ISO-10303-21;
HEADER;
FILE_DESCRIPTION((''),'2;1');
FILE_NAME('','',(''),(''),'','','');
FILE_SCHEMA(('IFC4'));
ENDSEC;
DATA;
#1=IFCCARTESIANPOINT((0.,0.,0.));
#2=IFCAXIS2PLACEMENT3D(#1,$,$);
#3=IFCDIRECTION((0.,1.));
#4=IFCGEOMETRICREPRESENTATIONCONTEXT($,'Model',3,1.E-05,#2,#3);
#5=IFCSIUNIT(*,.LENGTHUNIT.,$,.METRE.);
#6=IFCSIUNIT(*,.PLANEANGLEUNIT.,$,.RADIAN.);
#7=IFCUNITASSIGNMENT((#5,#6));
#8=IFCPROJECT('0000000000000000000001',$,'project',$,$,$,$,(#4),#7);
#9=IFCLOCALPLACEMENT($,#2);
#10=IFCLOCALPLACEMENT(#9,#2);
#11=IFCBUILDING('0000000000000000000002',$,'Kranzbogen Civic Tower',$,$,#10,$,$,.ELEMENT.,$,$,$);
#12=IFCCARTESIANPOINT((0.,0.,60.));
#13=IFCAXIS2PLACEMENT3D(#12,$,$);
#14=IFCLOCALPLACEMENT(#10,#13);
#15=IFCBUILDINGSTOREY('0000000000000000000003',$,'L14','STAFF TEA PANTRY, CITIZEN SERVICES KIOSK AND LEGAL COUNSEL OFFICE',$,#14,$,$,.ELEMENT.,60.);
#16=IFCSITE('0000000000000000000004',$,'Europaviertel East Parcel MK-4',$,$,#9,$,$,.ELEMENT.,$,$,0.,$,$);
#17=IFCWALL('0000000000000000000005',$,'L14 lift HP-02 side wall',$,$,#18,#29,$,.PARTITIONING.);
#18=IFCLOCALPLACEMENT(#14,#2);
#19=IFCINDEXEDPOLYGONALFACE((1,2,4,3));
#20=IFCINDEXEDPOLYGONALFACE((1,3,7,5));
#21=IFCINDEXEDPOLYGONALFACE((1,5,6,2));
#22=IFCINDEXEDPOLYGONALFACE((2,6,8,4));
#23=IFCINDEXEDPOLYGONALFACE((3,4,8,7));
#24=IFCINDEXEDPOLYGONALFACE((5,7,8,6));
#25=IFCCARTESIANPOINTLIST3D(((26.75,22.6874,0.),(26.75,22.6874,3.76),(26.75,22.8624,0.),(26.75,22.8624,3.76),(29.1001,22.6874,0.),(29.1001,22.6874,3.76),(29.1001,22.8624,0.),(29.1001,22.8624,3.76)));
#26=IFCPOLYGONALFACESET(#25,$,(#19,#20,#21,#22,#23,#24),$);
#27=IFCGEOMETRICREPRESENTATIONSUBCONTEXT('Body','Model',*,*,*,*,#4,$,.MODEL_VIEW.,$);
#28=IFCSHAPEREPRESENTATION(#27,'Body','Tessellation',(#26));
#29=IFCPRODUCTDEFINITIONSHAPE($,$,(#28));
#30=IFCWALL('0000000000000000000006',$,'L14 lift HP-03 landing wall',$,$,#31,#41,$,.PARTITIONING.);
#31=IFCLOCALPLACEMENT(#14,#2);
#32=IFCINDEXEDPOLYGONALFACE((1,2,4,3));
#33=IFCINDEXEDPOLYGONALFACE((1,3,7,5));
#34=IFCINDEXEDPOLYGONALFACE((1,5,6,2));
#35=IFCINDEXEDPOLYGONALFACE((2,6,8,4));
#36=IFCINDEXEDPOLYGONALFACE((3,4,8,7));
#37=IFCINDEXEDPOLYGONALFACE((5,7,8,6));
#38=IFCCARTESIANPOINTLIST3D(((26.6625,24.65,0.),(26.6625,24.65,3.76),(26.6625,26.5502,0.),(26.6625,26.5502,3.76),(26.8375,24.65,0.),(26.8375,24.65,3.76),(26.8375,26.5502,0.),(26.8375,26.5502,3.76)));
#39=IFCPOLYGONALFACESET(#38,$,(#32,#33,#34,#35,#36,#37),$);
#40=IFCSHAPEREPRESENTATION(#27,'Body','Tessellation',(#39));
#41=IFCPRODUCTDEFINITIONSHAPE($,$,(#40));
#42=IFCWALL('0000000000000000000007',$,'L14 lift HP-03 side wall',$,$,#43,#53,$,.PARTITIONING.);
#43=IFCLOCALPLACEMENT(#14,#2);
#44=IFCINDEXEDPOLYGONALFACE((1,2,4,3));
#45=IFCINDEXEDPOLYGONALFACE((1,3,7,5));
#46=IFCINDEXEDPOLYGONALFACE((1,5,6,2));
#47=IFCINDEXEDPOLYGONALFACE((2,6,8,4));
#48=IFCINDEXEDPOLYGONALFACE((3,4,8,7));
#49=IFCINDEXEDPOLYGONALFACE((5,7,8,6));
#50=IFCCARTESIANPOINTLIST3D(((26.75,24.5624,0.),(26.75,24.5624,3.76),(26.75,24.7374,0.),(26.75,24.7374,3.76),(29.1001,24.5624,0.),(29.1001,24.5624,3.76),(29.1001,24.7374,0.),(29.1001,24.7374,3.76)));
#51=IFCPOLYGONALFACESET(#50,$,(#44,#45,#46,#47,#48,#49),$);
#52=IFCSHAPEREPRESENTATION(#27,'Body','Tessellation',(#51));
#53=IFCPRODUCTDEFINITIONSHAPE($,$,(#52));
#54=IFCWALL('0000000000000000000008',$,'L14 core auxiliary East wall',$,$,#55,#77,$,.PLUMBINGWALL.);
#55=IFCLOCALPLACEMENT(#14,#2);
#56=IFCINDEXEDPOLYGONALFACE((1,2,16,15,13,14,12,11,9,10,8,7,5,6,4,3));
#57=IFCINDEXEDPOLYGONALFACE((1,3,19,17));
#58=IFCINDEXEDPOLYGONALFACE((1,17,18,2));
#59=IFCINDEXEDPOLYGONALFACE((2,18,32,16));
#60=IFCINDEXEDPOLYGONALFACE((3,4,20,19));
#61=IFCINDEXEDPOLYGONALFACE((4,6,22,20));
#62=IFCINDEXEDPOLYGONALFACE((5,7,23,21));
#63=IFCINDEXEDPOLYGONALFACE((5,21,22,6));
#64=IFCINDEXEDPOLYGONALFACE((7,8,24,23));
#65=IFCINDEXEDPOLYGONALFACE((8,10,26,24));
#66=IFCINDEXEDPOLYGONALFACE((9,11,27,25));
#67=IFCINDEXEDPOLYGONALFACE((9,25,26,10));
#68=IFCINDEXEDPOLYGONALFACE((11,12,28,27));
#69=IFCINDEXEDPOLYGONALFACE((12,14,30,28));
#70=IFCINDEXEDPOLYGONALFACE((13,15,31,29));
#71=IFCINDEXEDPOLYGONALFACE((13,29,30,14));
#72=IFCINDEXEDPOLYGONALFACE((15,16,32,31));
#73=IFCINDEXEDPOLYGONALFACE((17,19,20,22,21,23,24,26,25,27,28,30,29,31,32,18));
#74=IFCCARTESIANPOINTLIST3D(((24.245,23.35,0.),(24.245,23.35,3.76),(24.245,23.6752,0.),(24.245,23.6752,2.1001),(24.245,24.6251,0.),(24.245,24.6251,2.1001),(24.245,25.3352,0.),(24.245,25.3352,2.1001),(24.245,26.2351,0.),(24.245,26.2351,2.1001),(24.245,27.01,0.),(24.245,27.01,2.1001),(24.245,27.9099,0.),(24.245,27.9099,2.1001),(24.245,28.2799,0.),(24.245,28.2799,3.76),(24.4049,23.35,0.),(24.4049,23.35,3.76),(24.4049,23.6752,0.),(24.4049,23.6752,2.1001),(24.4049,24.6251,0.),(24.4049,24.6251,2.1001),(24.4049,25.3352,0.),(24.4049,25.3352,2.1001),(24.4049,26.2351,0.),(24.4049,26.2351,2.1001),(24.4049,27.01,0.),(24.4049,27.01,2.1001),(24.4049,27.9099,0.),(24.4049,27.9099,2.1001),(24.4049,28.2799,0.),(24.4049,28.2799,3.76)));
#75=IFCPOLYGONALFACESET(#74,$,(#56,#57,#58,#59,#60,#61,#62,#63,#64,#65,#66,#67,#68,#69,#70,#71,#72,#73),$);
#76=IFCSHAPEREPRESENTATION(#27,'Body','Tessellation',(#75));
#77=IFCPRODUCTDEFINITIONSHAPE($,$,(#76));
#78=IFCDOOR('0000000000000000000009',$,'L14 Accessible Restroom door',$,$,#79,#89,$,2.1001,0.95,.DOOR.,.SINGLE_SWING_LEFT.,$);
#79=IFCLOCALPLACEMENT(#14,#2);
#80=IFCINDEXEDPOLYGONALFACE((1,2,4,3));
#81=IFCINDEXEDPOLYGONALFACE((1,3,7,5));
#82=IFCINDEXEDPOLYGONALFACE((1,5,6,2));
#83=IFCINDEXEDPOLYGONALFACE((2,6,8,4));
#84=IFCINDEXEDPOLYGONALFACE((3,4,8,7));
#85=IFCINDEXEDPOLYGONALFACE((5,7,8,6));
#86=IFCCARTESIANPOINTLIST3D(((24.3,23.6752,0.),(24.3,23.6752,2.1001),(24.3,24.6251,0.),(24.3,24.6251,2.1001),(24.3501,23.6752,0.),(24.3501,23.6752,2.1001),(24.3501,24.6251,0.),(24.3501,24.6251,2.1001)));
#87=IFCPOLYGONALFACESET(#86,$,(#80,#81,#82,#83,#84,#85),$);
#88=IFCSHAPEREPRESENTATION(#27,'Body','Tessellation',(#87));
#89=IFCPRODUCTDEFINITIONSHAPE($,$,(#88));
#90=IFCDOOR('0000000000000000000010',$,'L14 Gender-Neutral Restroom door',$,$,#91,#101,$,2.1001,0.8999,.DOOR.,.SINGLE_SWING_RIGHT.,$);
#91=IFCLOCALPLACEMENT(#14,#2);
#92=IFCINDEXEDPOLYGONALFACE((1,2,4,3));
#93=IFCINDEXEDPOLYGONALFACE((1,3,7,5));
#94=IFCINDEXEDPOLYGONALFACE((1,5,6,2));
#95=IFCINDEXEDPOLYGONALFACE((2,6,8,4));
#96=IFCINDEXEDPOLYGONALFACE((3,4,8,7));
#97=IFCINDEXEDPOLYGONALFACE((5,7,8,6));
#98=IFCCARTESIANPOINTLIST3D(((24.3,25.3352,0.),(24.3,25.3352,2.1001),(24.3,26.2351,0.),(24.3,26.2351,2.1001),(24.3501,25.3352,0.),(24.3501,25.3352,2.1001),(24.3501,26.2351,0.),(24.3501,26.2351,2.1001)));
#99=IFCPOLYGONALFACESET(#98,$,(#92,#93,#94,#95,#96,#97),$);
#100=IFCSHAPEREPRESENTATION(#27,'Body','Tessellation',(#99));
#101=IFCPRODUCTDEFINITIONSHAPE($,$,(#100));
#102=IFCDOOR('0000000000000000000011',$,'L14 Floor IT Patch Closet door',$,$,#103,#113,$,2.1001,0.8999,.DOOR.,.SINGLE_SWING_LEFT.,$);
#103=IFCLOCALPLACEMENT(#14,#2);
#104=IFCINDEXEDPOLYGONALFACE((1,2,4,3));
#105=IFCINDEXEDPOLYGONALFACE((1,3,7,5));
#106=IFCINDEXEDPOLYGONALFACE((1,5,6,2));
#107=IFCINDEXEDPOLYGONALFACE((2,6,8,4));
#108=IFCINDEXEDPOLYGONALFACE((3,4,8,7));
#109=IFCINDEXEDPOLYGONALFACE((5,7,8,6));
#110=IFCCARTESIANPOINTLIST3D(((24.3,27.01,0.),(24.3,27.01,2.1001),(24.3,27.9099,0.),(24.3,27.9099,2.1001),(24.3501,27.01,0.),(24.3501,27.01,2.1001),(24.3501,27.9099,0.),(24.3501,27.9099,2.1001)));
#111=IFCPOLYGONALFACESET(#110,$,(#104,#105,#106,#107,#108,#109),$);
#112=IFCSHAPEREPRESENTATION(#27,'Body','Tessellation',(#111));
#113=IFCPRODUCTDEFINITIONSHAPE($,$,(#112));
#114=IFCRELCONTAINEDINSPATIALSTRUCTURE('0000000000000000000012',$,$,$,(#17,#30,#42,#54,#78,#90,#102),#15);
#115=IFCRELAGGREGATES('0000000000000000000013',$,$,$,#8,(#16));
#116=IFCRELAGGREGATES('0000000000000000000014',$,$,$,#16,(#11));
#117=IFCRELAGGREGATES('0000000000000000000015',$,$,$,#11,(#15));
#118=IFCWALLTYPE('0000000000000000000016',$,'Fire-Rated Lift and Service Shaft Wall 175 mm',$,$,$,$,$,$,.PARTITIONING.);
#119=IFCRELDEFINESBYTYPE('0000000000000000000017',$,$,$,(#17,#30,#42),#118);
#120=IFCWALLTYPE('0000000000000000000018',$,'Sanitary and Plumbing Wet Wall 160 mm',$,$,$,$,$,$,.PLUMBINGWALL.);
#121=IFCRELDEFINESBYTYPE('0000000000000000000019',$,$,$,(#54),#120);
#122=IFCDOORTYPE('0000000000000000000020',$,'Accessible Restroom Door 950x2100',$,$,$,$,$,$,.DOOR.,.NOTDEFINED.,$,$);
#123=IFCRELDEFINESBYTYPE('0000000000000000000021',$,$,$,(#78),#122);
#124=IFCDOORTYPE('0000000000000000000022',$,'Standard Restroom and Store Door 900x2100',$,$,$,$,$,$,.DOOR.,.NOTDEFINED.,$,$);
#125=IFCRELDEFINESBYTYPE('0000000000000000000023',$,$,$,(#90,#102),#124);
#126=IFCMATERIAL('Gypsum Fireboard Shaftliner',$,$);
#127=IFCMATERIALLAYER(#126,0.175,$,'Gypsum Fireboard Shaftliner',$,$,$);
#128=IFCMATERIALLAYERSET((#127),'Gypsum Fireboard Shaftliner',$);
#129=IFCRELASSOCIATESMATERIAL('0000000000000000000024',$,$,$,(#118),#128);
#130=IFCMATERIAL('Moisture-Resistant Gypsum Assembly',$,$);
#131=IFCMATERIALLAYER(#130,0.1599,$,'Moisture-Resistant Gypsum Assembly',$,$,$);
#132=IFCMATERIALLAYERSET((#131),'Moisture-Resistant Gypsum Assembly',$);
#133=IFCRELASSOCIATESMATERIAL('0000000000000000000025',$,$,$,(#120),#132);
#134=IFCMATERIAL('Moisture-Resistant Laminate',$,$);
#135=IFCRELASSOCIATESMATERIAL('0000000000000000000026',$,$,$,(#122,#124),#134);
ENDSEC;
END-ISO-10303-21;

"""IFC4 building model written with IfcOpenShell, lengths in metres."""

from ifc_helpers import new_model, si_unit, direction, frame, frame_2d, origin, place, context, subcontext, project, spatial, rectangle, extrude, material, layer, layer_set, type_object, element, fill, save


model = new_model("IFC4")

# Units and contexts
model_context = context("Model", 3, precision=1e-05, world=origin(), true_north=direction((0.0, 1.0)))
body_context = subcontext(model_context, "Body", "Model", "MODEL_VIEW")
ifc_project = project(units=[si_unit("LENGTHUNIT", "METRE"), si_unit("PLANEANGLEUNIT", "RADIAN")], contexts=[model_context])

# Site, building, storey
site_placement = place(None, origin())
site = spatial("IfcSite", under=ifc_project, at=site_placement, Name="Europaviertel East Parcel MK-4", CompositionType="ELEMENT", RefElevation=0.0)
building_placement = place(site_placement, origin())
building = spatial("IfcBuilding", under=site, at=building_placement, Name="Kranzbogen Civic Tower", CompositionType="ELEMENT")
storey_placement = place(building_placement, frame((0.0, 0.0, 60.0)))
storey = spatial("IfcBuildingStorey", under=building, at=storey_placement, Name="L14", Description="STAFF TEA PANTRY, CITIZEN SERVICES KIOSK AND LEGAL COUNSEL OFFICE", CompositionType="ELEMENT", Elevation=60.0)

# Walls
ifc_material_1 = material(Name="Gypsum Fireboard Shaftliner")
ifc_layer_1 = layer(ifc_material_1, 0.175, Name="Gypsum Fireboard Shaftliner")
ifc_layer_set_1 = layer_set([ifc_layer_1], Name="Gypsum Fireboard Shaftliner")
wall_type_1 = type_object("IfcWallType", Name="Fire-Rated Lift and Service Shaft Wall 175 mm", PredefinedType="PARTITIONING", material=ifc_layer_set_1)
wall_1_placement = place(storey_placement, frame((26.75, 22.7749, 0.0), z_axis=(0.0, 0.0, 1.0), x_axis=(1.0, 0.0, 0.0)))
element("IfcWall", 1, at=wall_1_placement, inside=storey, type_object=wall_type_1, Name="L14 lift HP-02 side wall", PredefinedType="PARTITIONING", context=body_context, shape_type="SweptSolid", body=[
    extrude(rectangle(XDim=2.3501, YDim=0.175, at=frame_2d((1.175, 0.0))), origin(), (0.0, 0.0, 1.0), 3.76),
])
wall_2_placement = place(storey_placement, frame((26.75, 24.6499, 0.0), z_axis=(0.0, 0.0, 1.0), x_axis=(0.0, 1.0, 0.0)))
element("IfcWall", 2, at=wall_2_placement, inside=storey, type_object=wall_type_1, Name="L14 lift HP-03 landing wall", PredefinedType="PARTITIONING", context=body_context, shape_type="SweptSolid", body=[
    extrude(rectangle(XDim=1.9001, YDim=0.175, at=frame_2d((0.9502, 0.0))), origin(), (0.0, 0.0, 1.0), 3.76),
])
wall_3_placement = place(storey_placement, frame((26.75, 24.6499, 0.0), z_axis=(0.0, 0.0, 1.0), x_axis=(1.0, 0.0, 0.0)))
element("IfcWall", 3, at=wall_3_placement, inside=storey, type_object=wall_type_1, Name="L14 lift HP-03 side wall", PredefinedType="PARTITIONING", context=body_context, shape_type="SweptSolid", body=[
    extrude(rectangle(XDim=2.3501, YDim=0.175, at=frame_2d((1.175, 0.0))), origin(), (0.0, 0.0, 1.0), 3.76),
])

# Wall, openings, doors
ifc_material_2 = material(Name="Moisture-Resistant Gypsum Assembly")
ifc_layer_2 = layer(ifc_material_2, 0.1599, Name="Moisture-Resistant Gypsum Assembly")
ifc_layer_set_2 = layer_set([ifc_layer_2], Name="Moisture-Resistant Gypsum Assembly")
wall_type_2 = type_object("IfcWallType", Name="Sanitary and Plumbing Wet Wall 160 mm", PredefinedType="PLUMBINGWALL", material=ifc_layer_set_2)
wall_4_placement = place(storey_placement, frame((24.325, 23.3501, 0.0), z_axis=(0.0, 0.0, 1.0), x_axis=(0.0, 1.0, 0.0)))
wall_4 = element("IfcWall", 4, at=wall_4_placement, inside=storey, type_object=wall_type_2, Name="L14 core auxiliary East wall", PredefinedType="PLUMBINGWALL", context=body_context, shape_type="SweptSolid", body=[
    extrude(rectangle(XDim=4.9299, YDim=0.1599, at=frame_2d((2.4648, 0.0))), origin(), (0.0, 0.0, 1.0), 3.76),
])
opening_1_placement = place(wall_4_placement, frame((0.325, 0.0, 0.0)))
opening_1 = element("IfcOpeningElement", 5, at=opening_1_placement, cuts=wall_4, PredefinedType="OPENING", context=body_context, shape_type="SweptSolid", body=[
    extrude(rectangle(XDim=0.95, YDim=2.1001, at=frame_2d((0.4751, 1.05))), frame((0.0, 0.0898, 0.0), z_axis=(0.0, -1.0, 0.0), x_axis=(1.0, 0.0, 0.0)), (0.0, 0.0, 1.0), 0.1799),
])
opening_2_placement = place(wall_4_placement, frame((1.9851, 0.0, 0.0)))
opening_2 = element("IfcOpeningElement", 6, at=opening_2_placement, cuts=wall_4, PredefinedType="OPENING", context=body_context, shape_type="SweptSolid", body=[
    extrude(rectangle(XDim=0.8999, YDim=2.1001, at=frame_2d((0.45, 1.05))), frame((0.0, 0.0898, 0.0), z_axis=(0.0, -1.0, 0.0), x_axis=(1.0, 0.0, 0.0)), (0.0, 0.0, 1.0), 0.1799),
])
opening_3_placement = place(wall_4_placement, frame((3.6599, 0.0, 0.0)))
opening_3 = element("IfcOpeningElement", 7, at=opening_3_placement, cuts=wall_4, PredefinedType="OPENING", context=body_context, shape_type="SweptSolid", body=[
    extrude(rectangle(XDim=0.8999, YDim=2.1001, at=frame_2d((0.45, 1.05))), frame((0.0, 0.0898, 0.0), z_axis=(0.0, -1.0, 0.0), x_axis=(1.0, 0.0, 0.0)), (0.0, 0.0, 1.0), 0.1799),
])
ifc_material_3 = material(Name="Moisture-Resistant Laminate")
door_type_1 = type_object("IfcDoorType", Name="Accessible Restroom Door 950x2100", OperationType="NOTDEFINED", PredefinedType="DOOR", material=ifc_material_3)
door_1_placement = place(opening_1_placement, origin())
door_1 = element("IfcDoor", 8, at=door_1_placement, inside=storey, type_object=door_type_1, Name="L14 Accessible Restroom door", OperationType="SINGLE_SWING_LEFT", OverallHeight=2.1001, OverallWidth=0.95, PredefinedType="DOOR", context=body_context, shape_type="SweptSolid", body=[
    extrude(rectangle(XDim=0.95, YDim=2.1001, at=frame_2d((0.4751, 1.05))), frame((0.0, 0.0249, 0.0), z_axis=(0.0, -1.0, 0.0), x_axis=(1.0, 0.0, 0.0)), (0.0, 0.0, 1.0), 0.05),
])
fill(opening_1, door_1)
door_type_2 = type_object("IfcDoorType", Name="Standard Restroom and Store Door 900x2100", OperationType="NOTDEFINED", PredefinedType="DOOR", material=ifc_material_3)
door_2_placement = place(opening_2_placement, origin())
door_2 = element("IfcDoor", 9, at=door_2_placement, inside=storey, type_object=door_type_2, Name="L14 Gender-Neutral Restroom door", OperationType="SINGLE_SWING_RIGHT", OverallHeight=2.1001, OverallWidth=0.8999, PredefinedType="DOOR", context=body_context, shape_type="SweptSolid", body=[
    extrude(rectangle(XDim=0.8999, YDim=2.1001, at=frame_2d((0.45, 1.05))), frame((0.0, 0.0249, 0.0), z_axis=(0.0, -1.0, 0.0), x_axis=(1.0, 0.0, 0.0)), (0.0, 0.0, 1.0), 0.05),
])
fill(opening_2, door_2)
door_3_placement = place(opening_3_placement, origin())
door_3 = element("IfcDoor", 10, at=door_3_placement, inside=storey, type_object=door_type_2, Name="L14 Floor IT Patch Closet door", OperationType="SINGLE_SWING_LEFT", OverallHeight=2.1001, OverallWidth=0.8999, PredefinedType="DOOR", context=body_context, shape_type="SweptSolid", body=[
    extrude(rectangle(XDim=0.8999, YDim=2.1001, at=frame_2d((0.45, 1.05))), frame((0.0, 0.0249, 0.0), z_axis=(0.0, -1.0, 0.0), x_axis=(1.0, 0.0, 0.0)), (0.0, 0.0, 1.0), 0.05),
])
fill(opening_3, door_3)

save(model, "model.ifc")
